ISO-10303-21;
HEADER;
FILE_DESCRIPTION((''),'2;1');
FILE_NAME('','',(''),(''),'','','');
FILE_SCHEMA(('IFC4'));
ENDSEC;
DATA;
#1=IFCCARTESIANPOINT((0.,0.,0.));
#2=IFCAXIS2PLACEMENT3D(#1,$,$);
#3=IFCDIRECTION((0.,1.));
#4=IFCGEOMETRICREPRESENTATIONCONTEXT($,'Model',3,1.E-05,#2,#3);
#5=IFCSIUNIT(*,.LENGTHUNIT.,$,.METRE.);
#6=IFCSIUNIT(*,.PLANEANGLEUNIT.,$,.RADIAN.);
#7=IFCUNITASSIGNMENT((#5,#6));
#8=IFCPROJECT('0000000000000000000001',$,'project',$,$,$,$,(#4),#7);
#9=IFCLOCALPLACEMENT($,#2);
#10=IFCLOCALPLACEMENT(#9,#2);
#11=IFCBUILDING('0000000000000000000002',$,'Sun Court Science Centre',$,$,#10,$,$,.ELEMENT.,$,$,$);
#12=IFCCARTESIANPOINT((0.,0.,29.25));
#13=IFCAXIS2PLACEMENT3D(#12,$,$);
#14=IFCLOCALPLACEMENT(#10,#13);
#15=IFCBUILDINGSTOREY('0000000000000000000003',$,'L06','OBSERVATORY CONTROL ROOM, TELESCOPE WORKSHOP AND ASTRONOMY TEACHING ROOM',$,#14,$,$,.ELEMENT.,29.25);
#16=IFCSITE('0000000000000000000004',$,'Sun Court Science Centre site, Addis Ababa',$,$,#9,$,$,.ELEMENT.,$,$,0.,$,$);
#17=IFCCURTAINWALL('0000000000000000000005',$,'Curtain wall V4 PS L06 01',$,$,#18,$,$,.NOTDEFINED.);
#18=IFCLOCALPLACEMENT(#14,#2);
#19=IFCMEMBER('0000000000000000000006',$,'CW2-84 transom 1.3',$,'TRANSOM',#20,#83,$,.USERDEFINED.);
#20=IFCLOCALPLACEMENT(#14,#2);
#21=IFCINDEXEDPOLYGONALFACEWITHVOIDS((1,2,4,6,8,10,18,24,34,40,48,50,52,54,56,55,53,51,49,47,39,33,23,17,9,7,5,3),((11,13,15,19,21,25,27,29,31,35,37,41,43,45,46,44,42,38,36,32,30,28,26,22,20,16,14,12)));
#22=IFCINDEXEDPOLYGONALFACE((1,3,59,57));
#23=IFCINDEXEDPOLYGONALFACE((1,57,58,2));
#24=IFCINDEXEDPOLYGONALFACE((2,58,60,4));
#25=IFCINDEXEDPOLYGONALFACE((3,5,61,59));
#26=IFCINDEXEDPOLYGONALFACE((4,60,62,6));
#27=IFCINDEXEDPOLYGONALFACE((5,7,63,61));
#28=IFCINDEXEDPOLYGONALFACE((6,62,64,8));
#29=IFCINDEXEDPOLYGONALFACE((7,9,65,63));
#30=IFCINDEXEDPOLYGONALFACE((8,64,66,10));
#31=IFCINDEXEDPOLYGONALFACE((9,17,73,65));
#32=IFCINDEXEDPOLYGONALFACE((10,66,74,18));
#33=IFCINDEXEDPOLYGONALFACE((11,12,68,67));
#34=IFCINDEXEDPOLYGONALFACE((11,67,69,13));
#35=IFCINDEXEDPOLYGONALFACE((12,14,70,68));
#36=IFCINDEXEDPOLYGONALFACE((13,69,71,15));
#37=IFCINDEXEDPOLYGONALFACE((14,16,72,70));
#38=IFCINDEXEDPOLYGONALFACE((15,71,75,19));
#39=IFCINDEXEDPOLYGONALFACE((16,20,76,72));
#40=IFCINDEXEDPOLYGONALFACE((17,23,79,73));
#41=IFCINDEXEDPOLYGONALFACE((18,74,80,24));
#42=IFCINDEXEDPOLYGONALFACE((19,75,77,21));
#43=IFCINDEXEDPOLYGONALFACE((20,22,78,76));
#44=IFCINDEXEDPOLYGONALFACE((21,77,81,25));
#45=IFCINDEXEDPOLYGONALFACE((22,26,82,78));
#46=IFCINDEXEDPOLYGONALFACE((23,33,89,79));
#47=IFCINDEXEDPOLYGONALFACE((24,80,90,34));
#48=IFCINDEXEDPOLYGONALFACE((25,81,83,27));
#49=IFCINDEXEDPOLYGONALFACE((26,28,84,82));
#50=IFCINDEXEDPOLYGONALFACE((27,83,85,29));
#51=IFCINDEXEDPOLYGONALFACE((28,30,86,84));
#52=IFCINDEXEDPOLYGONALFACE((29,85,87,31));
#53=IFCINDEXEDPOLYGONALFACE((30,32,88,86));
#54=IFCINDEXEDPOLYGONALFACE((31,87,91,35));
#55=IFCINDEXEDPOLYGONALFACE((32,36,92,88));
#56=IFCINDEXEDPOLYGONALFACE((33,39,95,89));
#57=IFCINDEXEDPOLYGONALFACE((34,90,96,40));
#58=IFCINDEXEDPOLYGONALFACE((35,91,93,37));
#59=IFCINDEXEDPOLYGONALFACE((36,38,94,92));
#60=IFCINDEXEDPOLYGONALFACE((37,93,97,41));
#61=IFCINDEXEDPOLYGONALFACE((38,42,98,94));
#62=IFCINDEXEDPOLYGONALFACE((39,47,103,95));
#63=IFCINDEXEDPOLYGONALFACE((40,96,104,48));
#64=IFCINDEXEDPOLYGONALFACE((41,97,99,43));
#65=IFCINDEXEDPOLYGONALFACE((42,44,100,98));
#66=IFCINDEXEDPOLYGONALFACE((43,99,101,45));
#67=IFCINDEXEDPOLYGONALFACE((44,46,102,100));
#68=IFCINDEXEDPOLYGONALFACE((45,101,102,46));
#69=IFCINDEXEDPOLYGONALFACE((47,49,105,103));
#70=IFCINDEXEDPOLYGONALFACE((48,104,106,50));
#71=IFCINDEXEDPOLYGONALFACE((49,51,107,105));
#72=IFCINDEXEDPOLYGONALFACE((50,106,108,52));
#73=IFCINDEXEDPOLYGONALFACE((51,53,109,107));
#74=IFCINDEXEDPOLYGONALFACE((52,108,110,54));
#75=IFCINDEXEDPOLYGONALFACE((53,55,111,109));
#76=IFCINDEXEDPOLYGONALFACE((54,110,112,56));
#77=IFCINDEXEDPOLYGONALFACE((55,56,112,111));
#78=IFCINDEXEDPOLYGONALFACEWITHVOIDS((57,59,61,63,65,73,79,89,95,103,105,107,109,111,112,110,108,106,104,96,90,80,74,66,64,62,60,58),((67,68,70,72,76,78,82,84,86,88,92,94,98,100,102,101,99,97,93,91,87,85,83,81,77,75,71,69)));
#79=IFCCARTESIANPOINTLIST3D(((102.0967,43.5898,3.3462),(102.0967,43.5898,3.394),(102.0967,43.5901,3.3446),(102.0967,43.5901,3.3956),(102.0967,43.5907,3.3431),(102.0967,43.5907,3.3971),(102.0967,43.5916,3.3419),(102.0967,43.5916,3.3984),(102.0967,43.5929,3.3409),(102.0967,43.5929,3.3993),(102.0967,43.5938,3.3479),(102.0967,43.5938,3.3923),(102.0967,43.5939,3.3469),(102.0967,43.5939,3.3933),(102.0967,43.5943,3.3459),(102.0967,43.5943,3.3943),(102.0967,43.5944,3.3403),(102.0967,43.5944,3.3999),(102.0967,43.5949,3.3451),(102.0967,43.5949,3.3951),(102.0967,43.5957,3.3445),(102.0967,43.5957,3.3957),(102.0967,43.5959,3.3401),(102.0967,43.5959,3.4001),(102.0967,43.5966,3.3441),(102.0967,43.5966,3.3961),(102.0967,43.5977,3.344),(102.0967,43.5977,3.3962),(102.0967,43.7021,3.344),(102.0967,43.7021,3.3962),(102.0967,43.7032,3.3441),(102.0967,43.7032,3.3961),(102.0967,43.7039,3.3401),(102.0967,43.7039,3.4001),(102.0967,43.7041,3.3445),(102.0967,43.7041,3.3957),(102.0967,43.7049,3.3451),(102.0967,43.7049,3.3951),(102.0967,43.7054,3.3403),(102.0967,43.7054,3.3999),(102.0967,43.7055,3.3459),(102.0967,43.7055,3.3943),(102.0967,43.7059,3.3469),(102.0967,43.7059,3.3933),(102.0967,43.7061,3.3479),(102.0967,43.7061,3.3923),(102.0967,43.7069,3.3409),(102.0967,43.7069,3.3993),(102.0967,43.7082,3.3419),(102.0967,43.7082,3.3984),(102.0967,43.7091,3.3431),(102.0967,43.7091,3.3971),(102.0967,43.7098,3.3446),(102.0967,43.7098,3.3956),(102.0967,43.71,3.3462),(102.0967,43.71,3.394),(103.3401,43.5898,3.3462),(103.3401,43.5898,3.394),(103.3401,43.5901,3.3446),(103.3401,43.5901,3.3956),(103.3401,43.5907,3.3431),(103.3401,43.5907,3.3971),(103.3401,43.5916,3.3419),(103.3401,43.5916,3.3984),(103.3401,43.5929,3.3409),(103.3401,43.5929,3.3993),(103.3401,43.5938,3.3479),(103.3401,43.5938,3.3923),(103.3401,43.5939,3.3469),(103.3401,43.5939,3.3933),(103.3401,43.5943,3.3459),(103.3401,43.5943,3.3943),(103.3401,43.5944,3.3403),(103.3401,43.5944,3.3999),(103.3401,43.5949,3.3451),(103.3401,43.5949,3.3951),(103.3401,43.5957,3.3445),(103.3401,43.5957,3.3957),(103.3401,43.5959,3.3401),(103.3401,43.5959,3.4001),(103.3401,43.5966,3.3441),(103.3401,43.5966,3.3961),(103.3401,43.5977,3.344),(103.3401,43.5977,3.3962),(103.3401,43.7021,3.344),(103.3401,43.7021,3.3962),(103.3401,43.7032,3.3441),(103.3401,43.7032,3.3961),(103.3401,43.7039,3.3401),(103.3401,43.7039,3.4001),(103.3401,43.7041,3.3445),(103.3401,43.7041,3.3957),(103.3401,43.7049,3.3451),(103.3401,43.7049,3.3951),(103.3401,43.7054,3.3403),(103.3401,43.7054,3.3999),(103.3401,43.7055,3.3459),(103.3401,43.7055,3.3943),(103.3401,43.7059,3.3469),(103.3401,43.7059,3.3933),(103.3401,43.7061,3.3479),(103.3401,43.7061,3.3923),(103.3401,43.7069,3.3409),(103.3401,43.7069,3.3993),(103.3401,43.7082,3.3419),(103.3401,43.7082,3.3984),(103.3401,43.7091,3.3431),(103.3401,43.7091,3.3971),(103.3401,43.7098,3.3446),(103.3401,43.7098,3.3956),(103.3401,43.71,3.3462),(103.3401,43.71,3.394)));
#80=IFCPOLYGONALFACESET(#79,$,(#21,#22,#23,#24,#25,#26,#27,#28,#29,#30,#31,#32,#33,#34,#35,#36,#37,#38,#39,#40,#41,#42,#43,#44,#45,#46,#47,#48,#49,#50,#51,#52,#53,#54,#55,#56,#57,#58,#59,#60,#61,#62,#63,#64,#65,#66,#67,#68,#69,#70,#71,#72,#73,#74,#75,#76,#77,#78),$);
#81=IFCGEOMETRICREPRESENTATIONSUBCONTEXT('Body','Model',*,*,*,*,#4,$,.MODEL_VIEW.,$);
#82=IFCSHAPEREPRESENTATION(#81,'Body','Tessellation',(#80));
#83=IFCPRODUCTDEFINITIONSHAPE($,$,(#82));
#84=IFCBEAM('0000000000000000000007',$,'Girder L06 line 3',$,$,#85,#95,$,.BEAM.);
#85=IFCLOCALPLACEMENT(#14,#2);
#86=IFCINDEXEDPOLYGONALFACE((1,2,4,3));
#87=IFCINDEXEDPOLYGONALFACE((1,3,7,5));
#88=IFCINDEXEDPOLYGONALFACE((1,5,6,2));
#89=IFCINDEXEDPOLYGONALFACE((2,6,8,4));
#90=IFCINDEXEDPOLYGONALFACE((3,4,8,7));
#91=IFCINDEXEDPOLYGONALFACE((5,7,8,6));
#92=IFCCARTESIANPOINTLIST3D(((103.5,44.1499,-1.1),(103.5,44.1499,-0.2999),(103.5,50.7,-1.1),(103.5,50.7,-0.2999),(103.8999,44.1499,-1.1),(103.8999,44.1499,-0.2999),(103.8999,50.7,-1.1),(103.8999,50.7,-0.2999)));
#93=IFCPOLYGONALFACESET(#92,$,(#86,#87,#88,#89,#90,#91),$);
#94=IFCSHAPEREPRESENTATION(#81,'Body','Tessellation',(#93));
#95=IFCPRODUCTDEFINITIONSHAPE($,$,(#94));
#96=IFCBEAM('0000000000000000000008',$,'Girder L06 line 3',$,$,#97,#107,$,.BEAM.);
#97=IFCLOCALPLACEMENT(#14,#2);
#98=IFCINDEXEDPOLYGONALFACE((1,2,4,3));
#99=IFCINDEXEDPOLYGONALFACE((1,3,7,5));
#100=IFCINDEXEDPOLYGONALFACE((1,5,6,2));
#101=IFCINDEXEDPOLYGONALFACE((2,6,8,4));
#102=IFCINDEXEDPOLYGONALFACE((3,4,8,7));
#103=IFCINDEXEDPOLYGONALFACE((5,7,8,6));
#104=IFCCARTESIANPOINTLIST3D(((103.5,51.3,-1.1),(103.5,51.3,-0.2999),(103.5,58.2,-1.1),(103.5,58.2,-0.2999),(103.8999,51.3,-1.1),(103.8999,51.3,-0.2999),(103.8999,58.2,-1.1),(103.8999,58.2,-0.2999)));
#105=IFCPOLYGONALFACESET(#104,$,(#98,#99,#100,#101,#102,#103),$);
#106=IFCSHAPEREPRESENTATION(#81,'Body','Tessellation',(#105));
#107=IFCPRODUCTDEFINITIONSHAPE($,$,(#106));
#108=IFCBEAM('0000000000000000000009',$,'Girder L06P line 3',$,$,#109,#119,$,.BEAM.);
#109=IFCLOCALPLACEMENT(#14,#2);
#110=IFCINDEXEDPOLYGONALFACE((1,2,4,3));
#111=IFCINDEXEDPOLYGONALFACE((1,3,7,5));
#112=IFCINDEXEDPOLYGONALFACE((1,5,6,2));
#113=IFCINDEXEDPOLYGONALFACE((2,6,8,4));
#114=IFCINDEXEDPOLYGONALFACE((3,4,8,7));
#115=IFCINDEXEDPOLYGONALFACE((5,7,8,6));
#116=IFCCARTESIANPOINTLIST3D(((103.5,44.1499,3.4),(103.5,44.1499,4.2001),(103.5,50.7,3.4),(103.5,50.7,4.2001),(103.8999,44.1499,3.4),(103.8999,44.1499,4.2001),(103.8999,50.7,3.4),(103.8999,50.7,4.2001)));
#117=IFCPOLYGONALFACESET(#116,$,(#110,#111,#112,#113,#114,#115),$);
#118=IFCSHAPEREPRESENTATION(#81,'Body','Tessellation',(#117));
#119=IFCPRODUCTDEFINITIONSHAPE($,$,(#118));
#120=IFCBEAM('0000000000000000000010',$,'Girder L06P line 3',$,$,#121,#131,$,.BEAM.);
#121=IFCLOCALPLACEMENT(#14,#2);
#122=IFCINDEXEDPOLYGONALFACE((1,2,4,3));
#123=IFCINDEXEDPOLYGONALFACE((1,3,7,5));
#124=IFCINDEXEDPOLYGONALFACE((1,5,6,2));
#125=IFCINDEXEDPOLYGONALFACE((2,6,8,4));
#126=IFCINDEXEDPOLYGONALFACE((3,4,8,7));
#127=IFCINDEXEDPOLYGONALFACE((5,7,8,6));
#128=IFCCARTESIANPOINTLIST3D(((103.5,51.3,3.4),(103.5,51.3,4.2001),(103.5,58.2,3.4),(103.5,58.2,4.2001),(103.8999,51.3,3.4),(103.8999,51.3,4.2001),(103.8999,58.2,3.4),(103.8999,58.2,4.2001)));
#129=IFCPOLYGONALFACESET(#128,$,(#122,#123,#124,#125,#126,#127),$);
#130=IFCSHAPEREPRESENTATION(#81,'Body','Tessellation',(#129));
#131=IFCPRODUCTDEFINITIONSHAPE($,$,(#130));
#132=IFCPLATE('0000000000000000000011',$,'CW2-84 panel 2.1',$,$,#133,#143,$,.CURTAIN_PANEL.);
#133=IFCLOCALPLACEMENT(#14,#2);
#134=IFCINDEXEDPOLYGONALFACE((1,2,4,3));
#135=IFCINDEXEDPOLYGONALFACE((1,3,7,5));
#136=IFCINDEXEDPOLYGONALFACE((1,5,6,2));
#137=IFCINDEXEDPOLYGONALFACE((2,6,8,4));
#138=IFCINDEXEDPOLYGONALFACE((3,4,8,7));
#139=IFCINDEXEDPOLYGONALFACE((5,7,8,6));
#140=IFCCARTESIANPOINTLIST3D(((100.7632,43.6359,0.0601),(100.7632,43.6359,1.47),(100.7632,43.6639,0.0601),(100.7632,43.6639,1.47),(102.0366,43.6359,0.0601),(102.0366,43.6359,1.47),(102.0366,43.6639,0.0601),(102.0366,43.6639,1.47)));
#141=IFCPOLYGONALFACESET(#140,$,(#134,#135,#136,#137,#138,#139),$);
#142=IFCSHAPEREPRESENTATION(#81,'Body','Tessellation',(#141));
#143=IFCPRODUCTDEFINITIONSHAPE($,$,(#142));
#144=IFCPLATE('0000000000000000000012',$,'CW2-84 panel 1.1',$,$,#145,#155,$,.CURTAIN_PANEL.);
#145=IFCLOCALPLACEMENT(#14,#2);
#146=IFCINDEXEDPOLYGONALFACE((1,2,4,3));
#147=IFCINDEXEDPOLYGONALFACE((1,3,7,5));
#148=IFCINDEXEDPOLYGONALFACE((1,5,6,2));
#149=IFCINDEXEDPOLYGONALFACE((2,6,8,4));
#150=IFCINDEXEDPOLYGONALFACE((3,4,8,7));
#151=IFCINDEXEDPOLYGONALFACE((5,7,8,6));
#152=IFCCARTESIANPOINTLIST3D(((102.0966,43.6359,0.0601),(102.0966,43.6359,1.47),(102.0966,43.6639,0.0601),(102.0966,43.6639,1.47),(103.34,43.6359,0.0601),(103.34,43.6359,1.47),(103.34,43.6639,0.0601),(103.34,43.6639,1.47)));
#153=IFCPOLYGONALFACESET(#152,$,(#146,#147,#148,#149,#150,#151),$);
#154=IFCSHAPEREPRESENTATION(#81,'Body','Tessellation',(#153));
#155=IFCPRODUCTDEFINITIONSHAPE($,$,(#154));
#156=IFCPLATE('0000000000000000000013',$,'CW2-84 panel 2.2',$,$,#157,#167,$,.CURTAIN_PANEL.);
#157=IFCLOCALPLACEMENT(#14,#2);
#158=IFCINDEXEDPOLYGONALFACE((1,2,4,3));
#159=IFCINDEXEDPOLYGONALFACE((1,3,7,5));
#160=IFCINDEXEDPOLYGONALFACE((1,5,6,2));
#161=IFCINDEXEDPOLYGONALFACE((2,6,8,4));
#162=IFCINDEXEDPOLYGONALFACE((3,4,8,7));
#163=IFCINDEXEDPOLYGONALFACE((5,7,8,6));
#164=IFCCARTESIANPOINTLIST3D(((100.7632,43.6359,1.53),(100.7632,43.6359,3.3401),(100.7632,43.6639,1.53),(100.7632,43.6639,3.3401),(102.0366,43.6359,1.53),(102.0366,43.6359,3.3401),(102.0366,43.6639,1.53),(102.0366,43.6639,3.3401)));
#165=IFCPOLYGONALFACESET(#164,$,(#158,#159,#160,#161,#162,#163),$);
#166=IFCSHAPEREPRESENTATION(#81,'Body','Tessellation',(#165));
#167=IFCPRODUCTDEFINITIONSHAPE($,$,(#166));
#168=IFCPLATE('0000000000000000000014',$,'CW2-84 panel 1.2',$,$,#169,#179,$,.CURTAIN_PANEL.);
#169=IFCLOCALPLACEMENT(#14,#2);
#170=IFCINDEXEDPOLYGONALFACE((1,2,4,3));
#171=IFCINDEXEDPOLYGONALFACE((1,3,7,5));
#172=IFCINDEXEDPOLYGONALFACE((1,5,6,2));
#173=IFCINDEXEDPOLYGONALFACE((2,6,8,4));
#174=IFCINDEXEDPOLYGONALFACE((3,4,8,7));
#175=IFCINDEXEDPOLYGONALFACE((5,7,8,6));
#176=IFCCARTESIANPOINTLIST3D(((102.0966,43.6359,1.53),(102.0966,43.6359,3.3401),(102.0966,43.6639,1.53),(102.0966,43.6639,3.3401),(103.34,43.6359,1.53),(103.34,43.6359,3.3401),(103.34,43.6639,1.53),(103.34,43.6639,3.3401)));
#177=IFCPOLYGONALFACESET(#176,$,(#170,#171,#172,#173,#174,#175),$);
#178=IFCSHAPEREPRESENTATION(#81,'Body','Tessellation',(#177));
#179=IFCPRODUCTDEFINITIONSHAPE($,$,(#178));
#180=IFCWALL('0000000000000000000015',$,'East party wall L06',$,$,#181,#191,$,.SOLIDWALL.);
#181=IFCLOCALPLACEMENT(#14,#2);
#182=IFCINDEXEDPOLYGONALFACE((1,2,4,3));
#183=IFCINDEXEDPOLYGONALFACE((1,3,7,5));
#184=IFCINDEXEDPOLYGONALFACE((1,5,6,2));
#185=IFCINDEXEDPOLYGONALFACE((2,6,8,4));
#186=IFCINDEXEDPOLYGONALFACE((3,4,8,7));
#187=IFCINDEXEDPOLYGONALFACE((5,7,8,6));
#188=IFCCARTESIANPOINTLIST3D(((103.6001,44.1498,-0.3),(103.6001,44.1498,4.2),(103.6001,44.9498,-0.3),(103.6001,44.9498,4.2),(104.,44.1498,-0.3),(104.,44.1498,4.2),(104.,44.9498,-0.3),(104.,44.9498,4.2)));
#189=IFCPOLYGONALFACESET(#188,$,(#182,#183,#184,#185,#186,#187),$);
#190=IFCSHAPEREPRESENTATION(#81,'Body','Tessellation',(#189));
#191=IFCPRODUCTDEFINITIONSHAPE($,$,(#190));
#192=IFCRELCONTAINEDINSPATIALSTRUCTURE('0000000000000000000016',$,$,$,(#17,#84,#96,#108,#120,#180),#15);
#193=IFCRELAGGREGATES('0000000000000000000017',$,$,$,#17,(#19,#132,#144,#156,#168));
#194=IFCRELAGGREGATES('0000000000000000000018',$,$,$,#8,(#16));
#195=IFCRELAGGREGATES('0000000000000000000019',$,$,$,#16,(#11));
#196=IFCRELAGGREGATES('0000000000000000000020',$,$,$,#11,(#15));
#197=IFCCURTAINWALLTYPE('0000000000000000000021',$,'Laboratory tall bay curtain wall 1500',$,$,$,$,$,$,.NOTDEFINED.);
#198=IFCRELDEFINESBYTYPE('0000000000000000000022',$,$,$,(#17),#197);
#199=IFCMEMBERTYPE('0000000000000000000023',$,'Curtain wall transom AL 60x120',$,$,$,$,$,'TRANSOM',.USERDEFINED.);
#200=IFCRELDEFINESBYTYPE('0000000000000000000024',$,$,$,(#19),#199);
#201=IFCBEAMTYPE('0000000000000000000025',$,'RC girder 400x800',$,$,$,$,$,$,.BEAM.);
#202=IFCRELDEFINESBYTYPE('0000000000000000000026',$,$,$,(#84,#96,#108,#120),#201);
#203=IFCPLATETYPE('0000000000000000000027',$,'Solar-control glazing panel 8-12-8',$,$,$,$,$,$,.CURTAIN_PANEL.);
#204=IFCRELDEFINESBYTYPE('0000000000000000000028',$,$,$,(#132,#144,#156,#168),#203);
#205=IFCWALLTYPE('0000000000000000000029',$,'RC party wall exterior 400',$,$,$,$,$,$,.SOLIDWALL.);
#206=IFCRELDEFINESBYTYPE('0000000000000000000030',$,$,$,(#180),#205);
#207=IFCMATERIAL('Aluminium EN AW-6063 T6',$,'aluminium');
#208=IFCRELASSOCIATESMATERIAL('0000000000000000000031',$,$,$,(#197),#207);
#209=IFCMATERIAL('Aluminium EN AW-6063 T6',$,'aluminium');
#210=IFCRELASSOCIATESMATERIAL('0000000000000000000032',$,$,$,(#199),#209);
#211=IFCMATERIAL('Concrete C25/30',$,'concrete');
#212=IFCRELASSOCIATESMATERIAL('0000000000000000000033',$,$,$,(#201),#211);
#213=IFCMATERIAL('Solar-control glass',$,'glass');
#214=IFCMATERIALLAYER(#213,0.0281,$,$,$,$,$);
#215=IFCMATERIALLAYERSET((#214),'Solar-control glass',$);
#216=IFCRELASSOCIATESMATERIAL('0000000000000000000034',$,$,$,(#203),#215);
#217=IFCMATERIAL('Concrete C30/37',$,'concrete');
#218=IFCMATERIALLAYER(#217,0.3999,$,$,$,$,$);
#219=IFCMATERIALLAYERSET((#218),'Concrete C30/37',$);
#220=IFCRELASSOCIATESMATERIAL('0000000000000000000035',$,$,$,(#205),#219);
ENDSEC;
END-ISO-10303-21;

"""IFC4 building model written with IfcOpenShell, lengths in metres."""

from ifc_helpers import new_model, si_unit, direction, frame, frame_2d, origin, origin_2d, place, context, subcontext, project, spatial, rectangle, hollow_rectangle, extrude, material, layer, layer_set, material_profile, profile_set, type_object, element, aggregate, save


model = new_model("IFC4")

# Units and contexts
model_context = context("Model", 3, precision=1e-05, world=origin(), true_north=direction((0.0, 1.0)))
body_context = subcontext(model_context, "Body", "Model", "MODEL_VIEW")
ifc_project = project(units=[si_unit("LENGTHUNIT", "METRE"), si_unit("PLANEANGLEUNIT", "RADIAN")], contexts=[model_context])

# Site, building, storey
site_placement = place(None, origin())
site = spatial("IfcSite", under=ifc_project, at=site_placement, Name="Sun Court Science Centre site, Addis Ababa", CompositionType="ELEMENT", RefElevation=0.0)
building_placement = place(site_placement, origin())
building = spatial("IfcBuilding", under=site, at=building_placement, Name="Sun Court Science Centre", CompositionType="ELEMENT")
storey_placement = place(building_placement, frame((0.0, 0.0, 29.25)))
storey = spatial("IfcBuildingStorey", under=building, at=storey_placement, Name="L06", Description="OBSERVATORY CONTROL ROOM, TELESCOPE WORKSHOP AND ASTRONOMY TEACHING ROOM", CompositionType="ELEMENT", Elevation=29.25)

# Curtain wall, member
ifc_material_1 = material(Name="Aluminium EN AW-6063 T6", Category="aluminium")
curtain_wall_type = type_object("IfcCurtainWallType", Name="Laboratory tall bay curtain wall 1500", PredefinedType="NOTDEFINED", material=ifc_material_1)
curtain_wall_placement = place(storey_placement, origin())
curtain_wall = element("IfcCurtainWall", 1, at=curtain_wall_placement, inside=storey, type_object=curtain_wall_type, Name="Curtain wall V4 PS L06 01", PredefinedType="NOTDEFINED")
ifc_material_2 = material(Name="Aluminium EN AW-6063 T6", Category="aluminium")
ifc_material_profile_1 = material_profile(ifc_material_2, hollow_rectangle(XDim=0.0601, YDim=0.1201, WallThickness=0.0039, InnerFilletRadius=0.0039, OuterFilletRadius=0.0061, at=origin_2d()), Name="AL 60x120x4")
ifc_profile_set_1 = profile_set([ifc_material_profile_1], Name="Aluminium EN AW-6063 T6")
member_type_1 = type_object("IfcMemberType", Name="Curtain wall transom AL 60x120", ElementType="TRANSOM", PredefinedType="USERDEFINED", material=ifc_profile_set_1)
member_1_placement = place(storey_placement, frame((103.3401, 43.6499, 3.3701), z_axis=(-1.0, 0.0, 0.0), x_axis=(0.0, 0.0, 1.0)))
member_1 = element("IfcMember", 2, at=member_1_placement, type_object=member_type_1, Name="CW2-84 transom 1.3", ObjectType="TRANSOM", PredefinedType="USERDEFINED", context=body_context, shape_type="SweptSolid", body=[
    extrude(hollow_rectangle(XDim=0.0601, YDim=0.1201, WallThickness=0.0039, InnerFilletRadius=0.0039, OuterFilletRadius=0.0061, at=origin_2d()), origin(), (0.0, 0.0, 1.0), 1.2434),
])

# Beams
ifc_material_3 = material(Name="Concrete C25/30", Category="concrete")
ifc_material_profile_2 = material_profile(ifc_material_3, rectangle(XDim=0.3999, YDim=0.8, at=origin_2d()), Name="RC 400x800")
ifc_profile_set_2 = profile_set([ifc_material_profile_2], Name="Concrete C25/30")
beam_type = type_object("IfcBeamType", Name="RC girder 400x800", PredefinedType="BEAM", material=ifc_profile_set_2)
beam_1_placement = place(storey_placement, frame((103.7, 44.1499, -0.7), z_axis=(0.0, 1.0, 0.0), x_axis=(-1.0, 0.0, 0.0)))
element("IfcBeam", 3, at=beam_1_placement, inside=storey, type_object=beam_type, Name="Girder L06 line 3", PredefinedType="BEAM", context=body_context, shape_type="SweptSolid", body=[
    extrude(rectangle(XDim=0.3999, YDim=0.8, at=origin_2d()), origin(), (0.0, 0.0, 1.0), 6.55),
])
beam_2_placement = place(storey_placement, frame((103.7, 51.3, -0.7), z_axis=(0.0, 1.0, 0.0), x_axis=(-1.0, 0.0, 0.0)))
element("IfcBeam", 4, at=beam_2_placement, inside=storey, type_object=beam_type, Name="Girder L06 line 3", PredefinedType="BEAM", context=body_context, shape_type="SweptSolid", body=[
    extrude(rectangle(XDim=0.3999, YDim=0.8, at=origin_2d()), origin(), (0.0, 0.0, 1.0), 6.8999),
])
beam_3_placement = place(storey_placement, frame((103.7, 44.1499, 3.8), z_axis=(0.0, 1.0, 0.0), x_axis=(-1.0, 0.0, 0.0)))
element("IfcBeam", 5, at=beam_3_placement, inside=storey, type_object=beam_type, Name="Girder L06P line 3", PredefinedType="BEAM", context=body_context, shape_type="SweptSolid", body=[
    extrude(rectangle(XDim=0.3999, YDim=0.8, at=origin_2d()), origin(), (0.0, 0.0, 1.0), 6.55),
])
beam_4_placement = place(storey_placement, frame((103.7, 51.3, 3.8), z_axis=(0.0, 1.0, 0.0), x_axis=(-1.0, 0.0, 0.0)))
element("IfcBeam", 6, at=beam_4_placement, inside=storey, type_object=beam_type, Name="Girder L06P line 3", PredefinedType="BEAM", context=body_context, shape_type="SweptSolid", body=[
    extrude(rectangle(XDim=0.3999, YDim=0.8, at=origin_2d()), origin(), (0.0, 0.0, 1.0), 6.8999),
])

# Plates
ifc_material_4 = material(Name="Solar-control glass", Category="glass")
ifc_layer_1 = layer(ifc_material_4, 0.0281)
ifc_layer_set_1 = layer_set([ifc_layer_1], Name="Solar-control glass")
plate_type = type_object("IfcPlateType", Name="Solar-control glazing panel 8-12-8", PredefinedType="CURTAIN_PANEL", material=ifc_layer_set_1)
plate_1_placement = place(storey_placement, frame((101.3999, 43.6499, 0.0601), z_axis=(0.0, 0.0, 1.0), x_axis=(-1.0, 0.0, 0.0)))
plate_1 = element("IfcPlate", 7, at=plate_1_placement, type_object=plate_type, Name="CW2-84 panel 2.1", PredefinedType="CURTAIN_PANEL", context=body_context, shape_type="SweptSolid", body=[
    extrude(rectangle(XDim=1.2734, YDim=0.0281, at=origin_2d()), origin(), (0.0, 0.0, 1.0), 1.4099),
])
plate_2_placement = place(storey_placement, frame((102.7183, 43.6499, 0.0601), z_axis=(0.0, 0.0, 1.0), x_axis=(-1.0, 0.0, 0.0)))
plate_2 = element("IfcPlate", 8, at=plate_2_placement, type_object=plate_type, Name="CW2-84 panel 1.1", PredefinedType="CURTAIN_PANEL", context=body_context, shape_type="SweptSolid", body=[
    extrude(rectangle(XDim=1.2434, YDim=0.0281, at=origin_2d()), origin(), (0.0, 0.0, 1.0), 1.4099),
])
plate_3_placement = place(storey_placement, frame((101.3999, 43.6499, 1.53), z_axis=(0.0, 0.0, 1.0), x_axis=(-1.0, 0.0, 0.0)))
plate_3 = element("IfcPlate", 9, at=plate_3_placement, type_object=plate_type, Name="CW2-84 panel 2.2", PredefinedType="CURTAIN_PANEL", context=body_context, shape_type="SweptSolid", body=[
    extrude(rectangle(XDim=1.2734, YDim=0.0281, at=origin_2d()), origin(), (0.0, 0.0, 1.0), 1.8101),
])
plate_4_placement = place(storey_placement, frame((102.7183, 43.6499, 1.53), z_axis=(0.0, 0.0, 1.0), x_axis=(-1.0, 0.0, 0.0)))
plate_4 = element("IfcPlate", 10, at=plate_4_placement, type_object=plate_type, Name="CW2-84 panel 1.2", PredefinedType="CURTAIN_PANEL", context=body_context, shape_type="SweptSolid", body=[
    extrude(rectangle(XDim=1.2434, YDim=0.0281, at=origin_2d()), origin(), (0.0, 0.0, 1.0), 1.8101),
])
aggregate(curtain_wall, [member_1, plate_1, plate_2, plate_3, plate_4])

# Wall
ifc_material_5 = material(Name="Concrete C30/37", Category="concrete")
ifc_layer_2 = layer(ifc_material_5, 0.3999)
ifc_layer_set_2 = layer_set([ifc_layer_2], Name="Concrete C30/37")
wall_type_1 = type_object("IfcWallType", Name="RC party wall exterior 400", PredefinedType="SOLIDWALL", material=ifc_layer_set_2)
for number, where, z_axis, x_axis, name in (
    (11, (103.8, 44.1499, -0.3), (0.0, 0.0, 1.0), (0.0, 1.0, 0.0), "East party wall L06"),
):
    element("IfcWall", number, at=place(storey_placement, frame(where, z_axis=z_axis, x_axis=x_axis)), inside=storey, type_object=wall_type_1, Name=name, PredefinedType="SOLIDWALL", context=body_context, shape_type="SweptSolid", body=[
        extrude(rectangle(XDim=0.8, YDim=0.3999, at=frame_2d((0.3999, 0.0))), origin(), (0.0, 0.0, 1.0), 4.5),
    ])

save(model, "model.ifc")
